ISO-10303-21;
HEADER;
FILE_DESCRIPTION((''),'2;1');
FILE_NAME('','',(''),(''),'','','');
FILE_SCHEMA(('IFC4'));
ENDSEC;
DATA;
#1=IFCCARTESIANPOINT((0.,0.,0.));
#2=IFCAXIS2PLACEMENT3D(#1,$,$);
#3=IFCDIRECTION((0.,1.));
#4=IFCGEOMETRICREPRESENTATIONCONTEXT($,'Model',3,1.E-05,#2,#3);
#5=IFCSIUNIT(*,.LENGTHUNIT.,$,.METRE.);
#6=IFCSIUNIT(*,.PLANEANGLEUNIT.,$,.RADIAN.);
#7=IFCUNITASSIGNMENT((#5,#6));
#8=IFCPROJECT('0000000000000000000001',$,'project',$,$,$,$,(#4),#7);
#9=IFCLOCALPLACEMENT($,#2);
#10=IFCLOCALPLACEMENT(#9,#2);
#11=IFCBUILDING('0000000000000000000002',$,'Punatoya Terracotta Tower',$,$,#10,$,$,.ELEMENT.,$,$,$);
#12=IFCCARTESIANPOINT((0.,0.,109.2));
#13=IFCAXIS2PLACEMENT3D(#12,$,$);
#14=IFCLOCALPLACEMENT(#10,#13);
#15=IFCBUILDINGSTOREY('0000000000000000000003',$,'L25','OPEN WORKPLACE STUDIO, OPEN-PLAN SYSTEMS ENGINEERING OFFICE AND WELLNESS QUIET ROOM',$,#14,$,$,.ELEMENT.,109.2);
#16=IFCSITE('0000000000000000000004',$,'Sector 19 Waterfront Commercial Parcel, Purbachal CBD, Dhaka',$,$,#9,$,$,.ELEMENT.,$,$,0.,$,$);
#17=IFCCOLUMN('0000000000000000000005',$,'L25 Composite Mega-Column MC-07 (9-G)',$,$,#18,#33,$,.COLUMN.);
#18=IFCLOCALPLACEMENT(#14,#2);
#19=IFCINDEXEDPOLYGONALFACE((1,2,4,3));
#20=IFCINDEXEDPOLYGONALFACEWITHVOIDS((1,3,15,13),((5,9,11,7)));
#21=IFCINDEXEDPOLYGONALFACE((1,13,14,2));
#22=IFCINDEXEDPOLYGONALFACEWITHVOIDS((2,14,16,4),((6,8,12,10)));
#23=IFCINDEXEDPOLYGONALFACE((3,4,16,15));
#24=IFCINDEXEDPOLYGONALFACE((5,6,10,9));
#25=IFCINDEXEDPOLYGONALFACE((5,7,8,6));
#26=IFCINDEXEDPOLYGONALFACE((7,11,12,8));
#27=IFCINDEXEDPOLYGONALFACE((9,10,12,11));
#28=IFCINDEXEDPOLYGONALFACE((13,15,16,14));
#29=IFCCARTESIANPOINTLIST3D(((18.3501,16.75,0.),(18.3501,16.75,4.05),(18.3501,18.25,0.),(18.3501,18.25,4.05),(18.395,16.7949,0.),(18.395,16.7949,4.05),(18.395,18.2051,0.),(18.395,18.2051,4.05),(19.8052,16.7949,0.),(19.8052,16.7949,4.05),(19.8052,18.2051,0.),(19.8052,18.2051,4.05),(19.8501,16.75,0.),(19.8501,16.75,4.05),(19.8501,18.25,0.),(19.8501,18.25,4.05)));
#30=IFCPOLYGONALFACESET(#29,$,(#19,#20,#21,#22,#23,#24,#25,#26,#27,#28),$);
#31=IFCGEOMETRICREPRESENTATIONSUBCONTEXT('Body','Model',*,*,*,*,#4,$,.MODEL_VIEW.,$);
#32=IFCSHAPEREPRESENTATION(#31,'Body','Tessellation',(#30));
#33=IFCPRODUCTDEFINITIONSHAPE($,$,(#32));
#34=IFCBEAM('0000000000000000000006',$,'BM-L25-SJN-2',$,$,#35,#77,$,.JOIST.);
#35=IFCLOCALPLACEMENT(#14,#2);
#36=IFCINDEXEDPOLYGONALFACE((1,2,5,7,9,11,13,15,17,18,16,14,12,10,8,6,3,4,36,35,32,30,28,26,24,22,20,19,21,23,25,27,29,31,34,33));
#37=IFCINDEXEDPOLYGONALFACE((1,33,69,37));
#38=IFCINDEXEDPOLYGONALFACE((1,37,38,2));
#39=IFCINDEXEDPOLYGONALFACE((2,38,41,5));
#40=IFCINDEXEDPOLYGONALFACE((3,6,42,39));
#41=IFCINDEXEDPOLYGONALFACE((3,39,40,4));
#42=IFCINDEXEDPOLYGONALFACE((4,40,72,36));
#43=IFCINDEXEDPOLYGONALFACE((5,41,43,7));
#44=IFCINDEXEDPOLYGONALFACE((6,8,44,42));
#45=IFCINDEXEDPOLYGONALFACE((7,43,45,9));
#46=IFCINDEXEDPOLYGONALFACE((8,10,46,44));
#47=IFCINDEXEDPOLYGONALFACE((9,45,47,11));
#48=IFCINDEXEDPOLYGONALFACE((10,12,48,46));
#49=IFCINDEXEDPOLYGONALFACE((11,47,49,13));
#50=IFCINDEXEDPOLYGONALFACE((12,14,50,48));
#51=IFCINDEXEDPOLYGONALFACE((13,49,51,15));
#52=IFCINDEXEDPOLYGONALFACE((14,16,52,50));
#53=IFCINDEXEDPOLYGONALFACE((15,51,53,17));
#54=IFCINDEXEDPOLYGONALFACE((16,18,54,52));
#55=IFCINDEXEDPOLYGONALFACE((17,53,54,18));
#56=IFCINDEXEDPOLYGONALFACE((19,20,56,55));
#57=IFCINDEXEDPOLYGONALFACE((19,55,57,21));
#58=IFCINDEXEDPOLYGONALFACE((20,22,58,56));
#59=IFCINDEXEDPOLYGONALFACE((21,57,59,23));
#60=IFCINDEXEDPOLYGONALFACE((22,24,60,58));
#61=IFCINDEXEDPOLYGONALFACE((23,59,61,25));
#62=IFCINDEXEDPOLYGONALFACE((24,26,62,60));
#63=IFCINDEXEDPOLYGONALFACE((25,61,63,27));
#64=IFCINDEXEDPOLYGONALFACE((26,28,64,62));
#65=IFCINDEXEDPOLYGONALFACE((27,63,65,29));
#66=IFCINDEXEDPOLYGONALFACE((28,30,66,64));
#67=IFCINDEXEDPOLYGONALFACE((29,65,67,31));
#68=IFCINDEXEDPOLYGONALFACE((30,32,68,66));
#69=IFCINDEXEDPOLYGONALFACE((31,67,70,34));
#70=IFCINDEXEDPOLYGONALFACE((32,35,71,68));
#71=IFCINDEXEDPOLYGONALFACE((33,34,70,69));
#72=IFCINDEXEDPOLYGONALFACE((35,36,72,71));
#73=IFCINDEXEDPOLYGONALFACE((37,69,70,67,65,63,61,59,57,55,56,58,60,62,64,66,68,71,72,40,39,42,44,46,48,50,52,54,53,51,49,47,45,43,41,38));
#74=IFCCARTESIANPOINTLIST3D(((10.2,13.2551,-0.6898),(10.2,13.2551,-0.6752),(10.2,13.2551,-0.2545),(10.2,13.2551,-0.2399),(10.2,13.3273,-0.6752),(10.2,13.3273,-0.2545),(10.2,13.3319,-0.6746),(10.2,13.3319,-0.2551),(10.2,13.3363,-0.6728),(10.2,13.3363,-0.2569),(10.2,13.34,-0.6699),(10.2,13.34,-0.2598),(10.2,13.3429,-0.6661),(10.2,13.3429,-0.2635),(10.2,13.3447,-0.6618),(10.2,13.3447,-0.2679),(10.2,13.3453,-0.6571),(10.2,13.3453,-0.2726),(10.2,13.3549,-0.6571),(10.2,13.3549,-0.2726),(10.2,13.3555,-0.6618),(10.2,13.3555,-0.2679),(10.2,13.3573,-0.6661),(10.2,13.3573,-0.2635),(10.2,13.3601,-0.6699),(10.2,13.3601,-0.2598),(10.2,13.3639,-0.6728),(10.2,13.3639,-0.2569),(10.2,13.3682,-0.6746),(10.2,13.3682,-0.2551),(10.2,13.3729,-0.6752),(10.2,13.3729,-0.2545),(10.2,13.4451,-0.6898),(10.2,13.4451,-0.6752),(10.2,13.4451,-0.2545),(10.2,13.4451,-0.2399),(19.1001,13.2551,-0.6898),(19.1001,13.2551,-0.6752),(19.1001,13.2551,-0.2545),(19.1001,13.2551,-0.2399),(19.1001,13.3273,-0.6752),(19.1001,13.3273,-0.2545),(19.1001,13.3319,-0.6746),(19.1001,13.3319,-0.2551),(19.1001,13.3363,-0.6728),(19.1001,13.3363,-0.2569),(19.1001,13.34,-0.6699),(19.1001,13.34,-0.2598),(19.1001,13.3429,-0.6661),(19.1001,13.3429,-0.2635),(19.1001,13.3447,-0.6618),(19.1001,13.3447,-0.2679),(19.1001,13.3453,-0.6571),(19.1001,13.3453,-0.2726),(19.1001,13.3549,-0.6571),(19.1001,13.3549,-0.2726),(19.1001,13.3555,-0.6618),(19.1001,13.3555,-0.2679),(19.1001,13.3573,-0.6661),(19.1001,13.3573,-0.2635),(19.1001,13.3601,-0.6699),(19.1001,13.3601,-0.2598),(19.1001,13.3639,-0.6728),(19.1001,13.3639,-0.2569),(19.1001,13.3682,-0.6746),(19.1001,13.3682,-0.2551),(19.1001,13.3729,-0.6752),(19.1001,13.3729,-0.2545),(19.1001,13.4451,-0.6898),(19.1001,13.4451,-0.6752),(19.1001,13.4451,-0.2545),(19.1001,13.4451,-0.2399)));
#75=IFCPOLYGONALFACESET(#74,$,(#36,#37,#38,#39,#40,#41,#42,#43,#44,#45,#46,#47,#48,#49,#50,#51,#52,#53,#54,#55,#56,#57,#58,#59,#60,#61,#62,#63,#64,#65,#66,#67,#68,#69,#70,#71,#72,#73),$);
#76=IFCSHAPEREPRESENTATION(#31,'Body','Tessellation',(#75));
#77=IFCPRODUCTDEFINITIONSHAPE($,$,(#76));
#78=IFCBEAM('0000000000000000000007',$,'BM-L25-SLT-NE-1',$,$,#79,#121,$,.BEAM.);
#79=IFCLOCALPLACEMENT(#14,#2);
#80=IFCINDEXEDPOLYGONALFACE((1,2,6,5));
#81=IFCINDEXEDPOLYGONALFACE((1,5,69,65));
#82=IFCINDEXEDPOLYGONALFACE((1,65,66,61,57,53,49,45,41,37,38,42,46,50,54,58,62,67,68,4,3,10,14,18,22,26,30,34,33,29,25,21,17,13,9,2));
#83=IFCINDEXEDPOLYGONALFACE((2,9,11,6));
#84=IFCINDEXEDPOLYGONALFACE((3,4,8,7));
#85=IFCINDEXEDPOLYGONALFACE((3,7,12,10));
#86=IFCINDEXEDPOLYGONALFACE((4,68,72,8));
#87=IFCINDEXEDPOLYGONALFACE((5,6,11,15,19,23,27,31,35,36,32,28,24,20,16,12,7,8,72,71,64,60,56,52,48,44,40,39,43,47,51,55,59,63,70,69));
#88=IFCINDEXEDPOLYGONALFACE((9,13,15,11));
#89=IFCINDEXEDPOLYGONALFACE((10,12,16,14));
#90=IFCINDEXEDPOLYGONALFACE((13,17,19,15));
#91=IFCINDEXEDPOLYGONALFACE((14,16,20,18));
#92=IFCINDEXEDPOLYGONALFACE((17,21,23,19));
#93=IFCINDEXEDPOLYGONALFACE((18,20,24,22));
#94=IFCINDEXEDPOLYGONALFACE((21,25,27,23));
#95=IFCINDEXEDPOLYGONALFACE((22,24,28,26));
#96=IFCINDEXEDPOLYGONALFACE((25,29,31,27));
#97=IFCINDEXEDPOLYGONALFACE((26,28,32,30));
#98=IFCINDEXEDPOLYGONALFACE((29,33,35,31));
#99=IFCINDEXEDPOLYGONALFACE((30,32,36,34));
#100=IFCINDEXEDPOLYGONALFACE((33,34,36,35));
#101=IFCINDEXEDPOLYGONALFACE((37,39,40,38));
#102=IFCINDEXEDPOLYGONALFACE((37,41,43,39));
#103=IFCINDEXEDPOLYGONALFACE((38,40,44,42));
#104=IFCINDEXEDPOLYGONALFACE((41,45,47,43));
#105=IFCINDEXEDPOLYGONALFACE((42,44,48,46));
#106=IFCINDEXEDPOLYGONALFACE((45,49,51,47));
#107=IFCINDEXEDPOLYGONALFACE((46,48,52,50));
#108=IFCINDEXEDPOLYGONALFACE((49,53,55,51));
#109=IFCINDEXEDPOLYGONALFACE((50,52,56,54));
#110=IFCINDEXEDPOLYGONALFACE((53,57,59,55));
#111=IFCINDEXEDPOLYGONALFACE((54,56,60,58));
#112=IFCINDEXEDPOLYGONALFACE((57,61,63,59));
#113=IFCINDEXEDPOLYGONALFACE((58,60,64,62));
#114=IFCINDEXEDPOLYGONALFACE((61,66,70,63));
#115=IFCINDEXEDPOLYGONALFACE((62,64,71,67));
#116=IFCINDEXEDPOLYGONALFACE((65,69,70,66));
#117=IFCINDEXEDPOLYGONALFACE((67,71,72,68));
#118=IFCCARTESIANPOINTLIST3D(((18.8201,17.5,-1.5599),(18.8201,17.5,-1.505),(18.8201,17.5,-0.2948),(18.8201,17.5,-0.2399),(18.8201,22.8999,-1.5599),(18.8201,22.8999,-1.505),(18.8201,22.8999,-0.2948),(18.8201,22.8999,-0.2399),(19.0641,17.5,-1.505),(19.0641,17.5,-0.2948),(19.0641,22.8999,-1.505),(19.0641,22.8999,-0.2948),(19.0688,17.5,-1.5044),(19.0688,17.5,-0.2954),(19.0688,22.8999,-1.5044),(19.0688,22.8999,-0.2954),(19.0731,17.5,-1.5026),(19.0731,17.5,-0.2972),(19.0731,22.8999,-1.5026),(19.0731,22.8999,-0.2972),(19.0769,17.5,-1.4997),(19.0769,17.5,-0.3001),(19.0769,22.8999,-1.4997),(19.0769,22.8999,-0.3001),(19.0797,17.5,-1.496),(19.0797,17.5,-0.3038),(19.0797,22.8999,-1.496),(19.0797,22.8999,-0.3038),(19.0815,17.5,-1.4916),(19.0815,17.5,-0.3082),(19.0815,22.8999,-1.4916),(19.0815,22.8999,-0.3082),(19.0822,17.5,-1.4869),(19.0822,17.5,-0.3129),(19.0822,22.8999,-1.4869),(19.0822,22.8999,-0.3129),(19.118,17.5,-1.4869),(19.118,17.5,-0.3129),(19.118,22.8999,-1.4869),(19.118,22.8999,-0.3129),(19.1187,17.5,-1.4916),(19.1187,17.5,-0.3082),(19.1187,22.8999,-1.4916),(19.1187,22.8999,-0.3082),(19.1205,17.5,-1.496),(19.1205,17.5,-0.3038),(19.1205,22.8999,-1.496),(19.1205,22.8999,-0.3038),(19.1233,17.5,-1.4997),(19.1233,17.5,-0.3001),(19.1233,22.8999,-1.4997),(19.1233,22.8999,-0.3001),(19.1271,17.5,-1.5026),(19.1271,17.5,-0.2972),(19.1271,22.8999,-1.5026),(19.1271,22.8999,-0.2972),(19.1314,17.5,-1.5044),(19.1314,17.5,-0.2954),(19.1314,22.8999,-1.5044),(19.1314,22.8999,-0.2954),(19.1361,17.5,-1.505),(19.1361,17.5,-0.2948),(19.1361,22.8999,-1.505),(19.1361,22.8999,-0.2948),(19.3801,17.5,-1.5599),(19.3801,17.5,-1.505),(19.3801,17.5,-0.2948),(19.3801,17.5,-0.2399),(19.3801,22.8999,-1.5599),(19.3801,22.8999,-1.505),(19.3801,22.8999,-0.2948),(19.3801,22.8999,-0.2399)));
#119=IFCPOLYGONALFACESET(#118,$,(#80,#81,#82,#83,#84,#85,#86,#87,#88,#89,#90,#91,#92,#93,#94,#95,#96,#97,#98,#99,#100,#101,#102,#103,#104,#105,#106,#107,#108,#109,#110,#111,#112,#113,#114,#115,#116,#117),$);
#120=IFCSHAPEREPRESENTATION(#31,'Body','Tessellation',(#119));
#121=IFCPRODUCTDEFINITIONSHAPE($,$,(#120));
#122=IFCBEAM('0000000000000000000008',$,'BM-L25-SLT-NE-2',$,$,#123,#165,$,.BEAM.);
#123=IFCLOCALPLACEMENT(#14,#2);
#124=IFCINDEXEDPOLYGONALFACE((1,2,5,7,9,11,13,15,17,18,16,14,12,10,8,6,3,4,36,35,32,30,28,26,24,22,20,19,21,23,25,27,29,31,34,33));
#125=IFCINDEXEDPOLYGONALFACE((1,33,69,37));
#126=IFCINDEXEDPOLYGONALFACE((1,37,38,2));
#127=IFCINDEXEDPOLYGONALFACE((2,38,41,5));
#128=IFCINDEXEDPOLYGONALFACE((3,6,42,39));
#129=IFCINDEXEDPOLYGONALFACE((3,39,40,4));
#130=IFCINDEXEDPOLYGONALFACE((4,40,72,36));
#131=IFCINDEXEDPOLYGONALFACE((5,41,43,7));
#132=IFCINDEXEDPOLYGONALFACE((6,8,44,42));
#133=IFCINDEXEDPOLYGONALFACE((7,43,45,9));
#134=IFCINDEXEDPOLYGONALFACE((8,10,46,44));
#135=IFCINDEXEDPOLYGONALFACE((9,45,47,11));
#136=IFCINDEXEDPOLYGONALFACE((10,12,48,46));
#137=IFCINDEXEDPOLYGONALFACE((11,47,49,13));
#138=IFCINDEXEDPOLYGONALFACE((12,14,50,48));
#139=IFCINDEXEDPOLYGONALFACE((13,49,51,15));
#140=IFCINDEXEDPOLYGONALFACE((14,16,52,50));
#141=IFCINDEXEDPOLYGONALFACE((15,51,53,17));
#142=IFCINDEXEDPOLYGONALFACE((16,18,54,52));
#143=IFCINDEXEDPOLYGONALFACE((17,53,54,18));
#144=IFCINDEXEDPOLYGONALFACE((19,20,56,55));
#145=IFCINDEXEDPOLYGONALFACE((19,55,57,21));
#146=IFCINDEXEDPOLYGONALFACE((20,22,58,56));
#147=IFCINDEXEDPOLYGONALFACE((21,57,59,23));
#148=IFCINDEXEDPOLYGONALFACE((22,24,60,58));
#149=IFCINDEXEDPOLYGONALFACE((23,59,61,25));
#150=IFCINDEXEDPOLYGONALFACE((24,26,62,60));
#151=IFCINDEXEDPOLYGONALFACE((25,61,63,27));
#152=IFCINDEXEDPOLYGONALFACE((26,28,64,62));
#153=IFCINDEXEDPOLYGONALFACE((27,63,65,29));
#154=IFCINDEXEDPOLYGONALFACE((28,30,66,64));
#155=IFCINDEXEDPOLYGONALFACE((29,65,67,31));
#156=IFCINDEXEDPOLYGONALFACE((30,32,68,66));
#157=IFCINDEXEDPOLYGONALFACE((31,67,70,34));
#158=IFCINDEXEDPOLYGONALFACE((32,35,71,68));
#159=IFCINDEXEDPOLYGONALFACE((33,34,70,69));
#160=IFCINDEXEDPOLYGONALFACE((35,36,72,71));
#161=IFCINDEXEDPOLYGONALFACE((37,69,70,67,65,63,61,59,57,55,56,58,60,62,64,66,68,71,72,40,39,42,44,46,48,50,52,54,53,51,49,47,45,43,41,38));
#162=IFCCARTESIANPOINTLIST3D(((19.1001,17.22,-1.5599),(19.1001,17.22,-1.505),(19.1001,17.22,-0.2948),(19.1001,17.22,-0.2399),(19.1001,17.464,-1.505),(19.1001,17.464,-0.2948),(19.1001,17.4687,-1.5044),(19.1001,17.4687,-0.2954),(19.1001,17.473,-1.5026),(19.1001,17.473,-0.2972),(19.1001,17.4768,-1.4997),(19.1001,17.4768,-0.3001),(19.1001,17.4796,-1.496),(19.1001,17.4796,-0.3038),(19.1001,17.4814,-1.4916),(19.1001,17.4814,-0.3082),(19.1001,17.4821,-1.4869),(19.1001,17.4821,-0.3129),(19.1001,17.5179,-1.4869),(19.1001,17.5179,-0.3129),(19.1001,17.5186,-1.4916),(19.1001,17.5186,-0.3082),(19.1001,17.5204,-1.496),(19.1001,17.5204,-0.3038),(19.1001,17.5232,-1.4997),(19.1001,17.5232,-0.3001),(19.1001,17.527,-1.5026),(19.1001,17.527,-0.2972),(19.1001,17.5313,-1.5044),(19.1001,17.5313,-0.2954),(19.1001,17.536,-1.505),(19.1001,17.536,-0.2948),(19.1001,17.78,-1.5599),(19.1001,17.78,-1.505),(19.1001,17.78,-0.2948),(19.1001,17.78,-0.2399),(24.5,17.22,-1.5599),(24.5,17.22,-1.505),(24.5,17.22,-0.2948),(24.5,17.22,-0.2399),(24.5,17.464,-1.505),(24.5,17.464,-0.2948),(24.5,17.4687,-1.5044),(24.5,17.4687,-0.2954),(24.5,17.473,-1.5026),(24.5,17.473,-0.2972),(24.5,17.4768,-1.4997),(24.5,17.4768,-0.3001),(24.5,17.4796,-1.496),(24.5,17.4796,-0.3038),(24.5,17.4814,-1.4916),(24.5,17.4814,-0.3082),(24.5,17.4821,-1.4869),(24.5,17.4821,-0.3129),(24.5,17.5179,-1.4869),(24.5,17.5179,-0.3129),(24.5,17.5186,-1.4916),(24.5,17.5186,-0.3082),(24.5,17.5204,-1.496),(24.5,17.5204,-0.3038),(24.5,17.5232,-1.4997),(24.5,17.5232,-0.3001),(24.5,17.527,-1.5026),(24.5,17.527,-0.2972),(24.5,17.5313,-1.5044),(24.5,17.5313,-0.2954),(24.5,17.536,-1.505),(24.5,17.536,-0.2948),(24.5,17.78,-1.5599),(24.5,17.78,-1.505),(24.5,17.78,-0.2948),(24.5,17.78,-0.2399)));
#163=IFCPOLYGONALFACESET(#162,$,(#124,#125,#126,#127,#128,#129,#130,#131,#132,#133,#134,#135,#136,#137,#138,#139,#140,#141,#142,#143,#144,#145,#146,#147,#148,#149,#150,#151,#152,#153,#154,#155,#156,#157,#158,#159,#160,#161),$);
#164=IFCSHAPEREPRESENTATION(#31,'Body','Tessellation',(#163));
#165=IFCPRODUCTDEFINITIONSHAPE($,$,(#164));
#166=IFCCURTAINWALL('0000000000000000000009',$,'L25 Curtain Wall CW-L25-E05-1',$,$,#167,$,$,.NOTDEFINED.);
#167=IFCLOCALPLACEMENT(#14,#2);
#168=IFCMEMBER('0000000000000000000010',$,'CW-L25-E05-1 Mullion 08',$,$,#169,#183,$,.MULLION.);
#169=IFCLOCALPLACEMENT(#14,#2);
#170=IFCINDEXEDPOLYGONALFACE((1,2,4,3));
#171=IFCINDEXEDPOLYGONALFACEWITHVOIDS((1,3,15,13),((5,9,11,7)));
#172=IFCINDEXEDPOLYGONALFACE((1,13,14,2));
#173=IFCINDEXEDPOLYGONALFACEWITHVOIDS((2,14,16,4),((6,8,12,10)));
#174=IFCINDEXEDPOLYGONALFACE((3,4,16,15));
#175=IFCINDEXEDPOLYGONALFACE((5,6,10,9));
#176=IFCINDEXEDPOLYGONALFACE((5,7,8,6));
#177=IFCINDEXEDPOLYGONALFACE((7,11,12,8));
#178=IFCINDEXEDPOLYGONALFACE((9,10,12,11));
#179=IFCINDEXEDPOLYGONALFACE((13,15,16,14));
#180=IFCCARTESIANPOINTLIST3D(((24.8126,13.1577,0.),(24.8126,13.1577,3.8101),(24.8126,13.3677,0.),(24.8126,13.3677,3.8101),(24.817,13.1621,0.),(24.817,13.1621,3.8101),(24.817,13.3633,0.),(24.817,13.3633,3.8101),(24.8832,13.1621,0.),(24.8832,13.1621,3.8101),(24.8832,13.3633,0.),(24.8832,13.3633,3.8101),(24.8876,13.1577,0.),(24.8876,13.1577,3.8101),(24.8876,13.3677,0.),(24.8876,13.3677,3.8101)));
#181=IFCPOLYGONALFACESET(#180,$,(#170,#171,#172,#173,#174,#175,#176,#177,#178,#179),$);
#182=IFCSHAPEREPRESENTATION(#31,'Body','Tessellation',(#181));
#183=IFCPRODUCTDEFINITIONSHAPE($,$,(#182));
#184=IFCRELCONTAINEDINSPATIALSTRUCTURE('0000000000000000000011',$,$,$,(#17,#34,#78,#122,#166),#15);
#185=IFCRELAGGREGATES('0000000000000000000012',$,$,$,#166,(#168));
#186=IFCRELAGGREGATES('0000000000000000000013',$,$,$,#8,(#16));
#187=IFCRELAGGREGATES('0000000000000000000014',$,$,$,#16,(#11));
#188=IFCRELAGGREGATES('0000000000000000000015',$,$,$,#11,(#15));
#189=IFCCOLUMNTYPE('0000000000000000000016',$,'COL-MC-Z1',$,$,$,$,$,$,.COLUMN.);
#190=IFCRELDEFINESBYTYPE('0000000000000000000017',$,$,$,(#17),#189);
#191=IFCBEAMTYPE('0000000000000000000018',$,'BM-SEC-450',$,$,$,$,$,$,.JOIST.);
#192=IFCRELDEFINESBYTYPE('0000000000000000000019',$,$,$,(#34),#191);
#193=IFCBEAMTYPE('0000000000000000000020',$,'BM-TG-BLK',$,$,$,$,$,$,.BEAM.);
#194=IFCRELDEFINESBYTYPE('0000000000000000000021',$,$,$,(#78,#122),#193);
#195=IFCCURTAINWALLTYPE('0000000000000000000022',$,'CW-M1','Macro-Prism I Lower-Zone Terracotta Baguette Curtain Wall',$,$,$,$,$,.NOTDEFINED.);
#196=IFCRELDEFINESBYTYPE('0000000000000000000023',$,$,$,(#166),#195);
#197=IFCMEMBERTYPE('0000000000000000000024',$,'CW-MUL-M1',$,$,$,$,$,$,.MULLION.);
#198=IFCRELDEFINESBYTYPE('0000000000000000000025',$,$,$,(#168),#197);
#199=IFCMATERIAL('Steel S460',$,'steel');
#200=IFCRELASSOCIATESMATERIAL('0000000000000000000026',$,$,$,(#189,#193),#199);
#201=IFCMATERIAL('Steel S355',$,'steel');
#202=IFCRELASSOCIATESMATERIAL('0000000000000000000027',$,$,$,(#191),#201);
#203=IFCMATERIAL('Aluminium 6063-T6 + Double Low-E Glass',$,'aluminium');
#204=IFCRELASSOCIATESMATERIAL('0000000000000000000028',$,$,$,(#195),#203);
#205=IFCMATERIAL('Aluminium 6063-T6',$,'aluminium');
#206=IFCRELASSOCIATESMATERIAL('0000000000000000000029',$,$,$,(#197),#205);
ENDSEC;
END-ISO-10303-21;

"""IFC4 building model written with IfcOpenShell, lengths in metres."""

from ifc_helpers import new_model, si_unit, direction, frame, origin, origin_2d, place, context, subcontext, project, spatial, hollow_rectangle, i_section, extrude, material, material_profile, profile_set, type_object, element, aggregate, save


model = new_model("IFC4")

# Units and contexts
model_context = context("Model", 3, precision=1e-05, world=origin(), true_north=direction((0.0, 1.0)))
body_context = subcontext(model_context, "Body", "Model", "MODEL_VIEW")
ifc_project = project(units=[si_unit("LENGTHUNIT", "METRE"), si_unit("PLANEANGLEUNIT", "RADIAN")], contexts=[model_context])

# Site, building, storey
site_placement = place(None, origin())
site = spatial("IfcSite", under=ifc_project, at=site_placement, Name="Sector 19 Waterfront Commercial Parcel, Purbachal CBD, Dhaka", CompositionType="ELEMENT", RefElevation=0.0)
building_placement = place(site_placement, origin())
building = spatial("IfcBuilding", under=site, at=building_placement, Name="Punatoya Terracotta Tower", CompositionType="ELEMENT")
storey_placement = place(building_placement, frame((0.0, 0.0, 109.2)))
storey = spatial("IfcBuildingStorey", under=building, at=storey_placement, Name="L25", Description="OPEN WORKPLACE STUDIO, OPEN-PLAN SYSTEMS ENGINEERING OFFICE AND WELLNESS QUIET ROOM", CompositionType="ELEMENT", Elevation=109.2)

# Column
ifc_material_1 = material(Name="Steel S460", Category="steel")
ifc_material_profile_1 = material_profile(ifc_material_1, hollow_rectangle(XDim=1.5, YDim=1.5, WallThickness=0.0449, at=origin_2d()))
ifc_profile_set_1 = profile_set([ifc_material_profile_1], Name="Steel S460")
column_type = type_object("IfcColumnType", Name="COL-MC-Z1", PredefinedType="COLUMN", material=ifc_profile_set_1)
column_placement = place(storey_placement, frame((19.1001, 17.5, 0.0), z_axis=(0.0, 0.0, 1.0), x_axis=(1.0, 0.0, 0.0)))
element("IfcColumn", 1, at=column_placement, inside=storey, type_object=column_type, Name="L25 Composite Mega-Column MC-07 (9-G)", PredefinedType="COLUMN", context=body_context, shape_type="SweptSolid", body=[
    extrude(hollow_rectangle(XDim=1.5, YDim=1.5, WallThickness=0.0449, at=origin_2d()), origin(), (0.0, 0.0, 1.0), 4.05),
])

# Beams
ifc_material_2 = material(Name="Steel S355", Category="steel")
ifc_material_profile_2 = material_profile(ifc_material_2, i_section(OverallWidth=0.1899, OverallDepth=0.45, WebThickness=0.0095, FlangeThickness=0.0146, FilletRadius=0.0181, at=origin_2d()))
ifc_profile_set_2 = profile_set([ifc_material_profile_2], Name="Steel S355")
beam_type_1 = type_object("IfcBeamType", Name="BM-SEC-450", PredefinedType="JOIST", material=ifc_profile_set_2)
beam_placement = place(storey_placement, frame((10.2, 13.3501, -0.4648), z_axis=(1.0, 0.0, 0.0), x_axis=(0.0, 1.0, 0.0)))
element("IfcBeam", 2, at=beam_placement, inside=storey, type_object=beam_type_1, Name="BM-L25-SJN-2", PredefinedType="JOIST", context=body_context, shape_type="SweptSolid", body=[
    extrude(i_section(OverallWidth=0.1899, OverallDepth=0.45, WebThickness=0.0095, FlangeThickness=0.0146, FilletRadius=0.0181, at=origin_2d()), origin(), (0.0, 0.0, 1.0), 8.9001),
])
ifc_material_profile_3 = material_profile(ifc_material_1, i_section(OverallWidth=0.5601, OverallDepth=1.3201, WebThickness=0.0359, FlangeThickness=0.0549, FilletRadius=0.0181, at=origin_2d()))
ifc_profile_set_3 = profile_set([ifc_material_profile_3], Name="Steel S460")
beam_type_2 = type_object("IfcBeamType", Name="BM-TG-BLK", PredefinedType="BEAM", material=ifc_profile_set_3)
for number, where, z_axis, x_axis, name in (
    (3, (19.1001, 17.5, -0.8999), (0.0, 1.0, 0.0), (-1.0, 0.0, 0.0), "BM-L25-SLT-NE-1"),
    (4, (19.1001, 17.5, -0.8999), (1.0, 0.0, 0.0), (0.0, 1.0, 0.0), "BM-L25-SLT-NE-2"),
):
    element("IfcBeam", number, at=place(storey_placement, frame(where, z_axis=z_axis, x_axis=x_axis)), inside=storey, type_object=beam_type_2, Name=name, PredefinedType="BEAM", context=body_context, shape_type="SweptSolid", body=[
        extrude(i_section(OverallWidth=0.5601, OverallDepth=1.3201, WebThickness=0.0359, FlangeThickness=0.0549, FilletRadius=0.0181, at=origin_2d()), origin(), (0.0, 0.0, 1.0), 5.3999),
    ])

# Curtain wall, member
ifc_material_3 = material(Name="Aluminium 6063-T6 + Double Low-E Glass", Category="aluminium")
curtain_wall_type = type_object("IfcCurtainWallType", Name="CW-M1", Description="Macro-Prism I Lower-Zone Terracotta Baguette Curtain Wall", PredefinedType="NOTDEFINED", material=ifc_material_3)
curtain_wall_1_placement = place(storey_placement, origin())
curtain_wall_1 = element("IfcCurtainWall", 5, at=curtain_wall_1_placement, inside=storey, type_object=curtain_wall_type, Name="L25 Curtain Wall CW-L25-E05-1", PredefinedType="NOTDEFINED")
ifc_material_4 = material(Name="Aluminium 6063-T6", Category="aluminium")
ifc_material_profile_4 = material_profile(ifc_material_4, hollow_rectangle(XDim=0.075, YDim=0.21, WallThickness=0.0044, at=origin_2d()))
ifc_profile_set_4 = profile_set([ifc_material_profile_4], Name="Aluminium 6063-T6")
member_type_1 = type_object("IfcMemberType", Name="CW-MUL-M1", PredefinedType="MULLION", material=ifc_profile_set_4)
member_1_placement = place(storey_placement, frame((24.8501, 13.2627, 0.0), z_axis=(0.0, 0.0, 1.0), x_axis=(1.0, 0.0, 0.0)))
member_1 = element("IfcMember", 6, at=member_1_placement, type_object=member_type_1, Name="CW-L25-E05-1 Mullion 08", PredefinedType="MULLION", context=body_context, shape_type="SweptSolid", body=[
    extrude(hollow_rectangle(XDim=0.075, YDim=0.21, WallThickness=0.0044, at=origin_2d()), origin(), (0.0, 0.0, 1.0), 3.8101),
])

aggregate(curtain_wall_1, [member_1])

save(model, "model.ifc")
